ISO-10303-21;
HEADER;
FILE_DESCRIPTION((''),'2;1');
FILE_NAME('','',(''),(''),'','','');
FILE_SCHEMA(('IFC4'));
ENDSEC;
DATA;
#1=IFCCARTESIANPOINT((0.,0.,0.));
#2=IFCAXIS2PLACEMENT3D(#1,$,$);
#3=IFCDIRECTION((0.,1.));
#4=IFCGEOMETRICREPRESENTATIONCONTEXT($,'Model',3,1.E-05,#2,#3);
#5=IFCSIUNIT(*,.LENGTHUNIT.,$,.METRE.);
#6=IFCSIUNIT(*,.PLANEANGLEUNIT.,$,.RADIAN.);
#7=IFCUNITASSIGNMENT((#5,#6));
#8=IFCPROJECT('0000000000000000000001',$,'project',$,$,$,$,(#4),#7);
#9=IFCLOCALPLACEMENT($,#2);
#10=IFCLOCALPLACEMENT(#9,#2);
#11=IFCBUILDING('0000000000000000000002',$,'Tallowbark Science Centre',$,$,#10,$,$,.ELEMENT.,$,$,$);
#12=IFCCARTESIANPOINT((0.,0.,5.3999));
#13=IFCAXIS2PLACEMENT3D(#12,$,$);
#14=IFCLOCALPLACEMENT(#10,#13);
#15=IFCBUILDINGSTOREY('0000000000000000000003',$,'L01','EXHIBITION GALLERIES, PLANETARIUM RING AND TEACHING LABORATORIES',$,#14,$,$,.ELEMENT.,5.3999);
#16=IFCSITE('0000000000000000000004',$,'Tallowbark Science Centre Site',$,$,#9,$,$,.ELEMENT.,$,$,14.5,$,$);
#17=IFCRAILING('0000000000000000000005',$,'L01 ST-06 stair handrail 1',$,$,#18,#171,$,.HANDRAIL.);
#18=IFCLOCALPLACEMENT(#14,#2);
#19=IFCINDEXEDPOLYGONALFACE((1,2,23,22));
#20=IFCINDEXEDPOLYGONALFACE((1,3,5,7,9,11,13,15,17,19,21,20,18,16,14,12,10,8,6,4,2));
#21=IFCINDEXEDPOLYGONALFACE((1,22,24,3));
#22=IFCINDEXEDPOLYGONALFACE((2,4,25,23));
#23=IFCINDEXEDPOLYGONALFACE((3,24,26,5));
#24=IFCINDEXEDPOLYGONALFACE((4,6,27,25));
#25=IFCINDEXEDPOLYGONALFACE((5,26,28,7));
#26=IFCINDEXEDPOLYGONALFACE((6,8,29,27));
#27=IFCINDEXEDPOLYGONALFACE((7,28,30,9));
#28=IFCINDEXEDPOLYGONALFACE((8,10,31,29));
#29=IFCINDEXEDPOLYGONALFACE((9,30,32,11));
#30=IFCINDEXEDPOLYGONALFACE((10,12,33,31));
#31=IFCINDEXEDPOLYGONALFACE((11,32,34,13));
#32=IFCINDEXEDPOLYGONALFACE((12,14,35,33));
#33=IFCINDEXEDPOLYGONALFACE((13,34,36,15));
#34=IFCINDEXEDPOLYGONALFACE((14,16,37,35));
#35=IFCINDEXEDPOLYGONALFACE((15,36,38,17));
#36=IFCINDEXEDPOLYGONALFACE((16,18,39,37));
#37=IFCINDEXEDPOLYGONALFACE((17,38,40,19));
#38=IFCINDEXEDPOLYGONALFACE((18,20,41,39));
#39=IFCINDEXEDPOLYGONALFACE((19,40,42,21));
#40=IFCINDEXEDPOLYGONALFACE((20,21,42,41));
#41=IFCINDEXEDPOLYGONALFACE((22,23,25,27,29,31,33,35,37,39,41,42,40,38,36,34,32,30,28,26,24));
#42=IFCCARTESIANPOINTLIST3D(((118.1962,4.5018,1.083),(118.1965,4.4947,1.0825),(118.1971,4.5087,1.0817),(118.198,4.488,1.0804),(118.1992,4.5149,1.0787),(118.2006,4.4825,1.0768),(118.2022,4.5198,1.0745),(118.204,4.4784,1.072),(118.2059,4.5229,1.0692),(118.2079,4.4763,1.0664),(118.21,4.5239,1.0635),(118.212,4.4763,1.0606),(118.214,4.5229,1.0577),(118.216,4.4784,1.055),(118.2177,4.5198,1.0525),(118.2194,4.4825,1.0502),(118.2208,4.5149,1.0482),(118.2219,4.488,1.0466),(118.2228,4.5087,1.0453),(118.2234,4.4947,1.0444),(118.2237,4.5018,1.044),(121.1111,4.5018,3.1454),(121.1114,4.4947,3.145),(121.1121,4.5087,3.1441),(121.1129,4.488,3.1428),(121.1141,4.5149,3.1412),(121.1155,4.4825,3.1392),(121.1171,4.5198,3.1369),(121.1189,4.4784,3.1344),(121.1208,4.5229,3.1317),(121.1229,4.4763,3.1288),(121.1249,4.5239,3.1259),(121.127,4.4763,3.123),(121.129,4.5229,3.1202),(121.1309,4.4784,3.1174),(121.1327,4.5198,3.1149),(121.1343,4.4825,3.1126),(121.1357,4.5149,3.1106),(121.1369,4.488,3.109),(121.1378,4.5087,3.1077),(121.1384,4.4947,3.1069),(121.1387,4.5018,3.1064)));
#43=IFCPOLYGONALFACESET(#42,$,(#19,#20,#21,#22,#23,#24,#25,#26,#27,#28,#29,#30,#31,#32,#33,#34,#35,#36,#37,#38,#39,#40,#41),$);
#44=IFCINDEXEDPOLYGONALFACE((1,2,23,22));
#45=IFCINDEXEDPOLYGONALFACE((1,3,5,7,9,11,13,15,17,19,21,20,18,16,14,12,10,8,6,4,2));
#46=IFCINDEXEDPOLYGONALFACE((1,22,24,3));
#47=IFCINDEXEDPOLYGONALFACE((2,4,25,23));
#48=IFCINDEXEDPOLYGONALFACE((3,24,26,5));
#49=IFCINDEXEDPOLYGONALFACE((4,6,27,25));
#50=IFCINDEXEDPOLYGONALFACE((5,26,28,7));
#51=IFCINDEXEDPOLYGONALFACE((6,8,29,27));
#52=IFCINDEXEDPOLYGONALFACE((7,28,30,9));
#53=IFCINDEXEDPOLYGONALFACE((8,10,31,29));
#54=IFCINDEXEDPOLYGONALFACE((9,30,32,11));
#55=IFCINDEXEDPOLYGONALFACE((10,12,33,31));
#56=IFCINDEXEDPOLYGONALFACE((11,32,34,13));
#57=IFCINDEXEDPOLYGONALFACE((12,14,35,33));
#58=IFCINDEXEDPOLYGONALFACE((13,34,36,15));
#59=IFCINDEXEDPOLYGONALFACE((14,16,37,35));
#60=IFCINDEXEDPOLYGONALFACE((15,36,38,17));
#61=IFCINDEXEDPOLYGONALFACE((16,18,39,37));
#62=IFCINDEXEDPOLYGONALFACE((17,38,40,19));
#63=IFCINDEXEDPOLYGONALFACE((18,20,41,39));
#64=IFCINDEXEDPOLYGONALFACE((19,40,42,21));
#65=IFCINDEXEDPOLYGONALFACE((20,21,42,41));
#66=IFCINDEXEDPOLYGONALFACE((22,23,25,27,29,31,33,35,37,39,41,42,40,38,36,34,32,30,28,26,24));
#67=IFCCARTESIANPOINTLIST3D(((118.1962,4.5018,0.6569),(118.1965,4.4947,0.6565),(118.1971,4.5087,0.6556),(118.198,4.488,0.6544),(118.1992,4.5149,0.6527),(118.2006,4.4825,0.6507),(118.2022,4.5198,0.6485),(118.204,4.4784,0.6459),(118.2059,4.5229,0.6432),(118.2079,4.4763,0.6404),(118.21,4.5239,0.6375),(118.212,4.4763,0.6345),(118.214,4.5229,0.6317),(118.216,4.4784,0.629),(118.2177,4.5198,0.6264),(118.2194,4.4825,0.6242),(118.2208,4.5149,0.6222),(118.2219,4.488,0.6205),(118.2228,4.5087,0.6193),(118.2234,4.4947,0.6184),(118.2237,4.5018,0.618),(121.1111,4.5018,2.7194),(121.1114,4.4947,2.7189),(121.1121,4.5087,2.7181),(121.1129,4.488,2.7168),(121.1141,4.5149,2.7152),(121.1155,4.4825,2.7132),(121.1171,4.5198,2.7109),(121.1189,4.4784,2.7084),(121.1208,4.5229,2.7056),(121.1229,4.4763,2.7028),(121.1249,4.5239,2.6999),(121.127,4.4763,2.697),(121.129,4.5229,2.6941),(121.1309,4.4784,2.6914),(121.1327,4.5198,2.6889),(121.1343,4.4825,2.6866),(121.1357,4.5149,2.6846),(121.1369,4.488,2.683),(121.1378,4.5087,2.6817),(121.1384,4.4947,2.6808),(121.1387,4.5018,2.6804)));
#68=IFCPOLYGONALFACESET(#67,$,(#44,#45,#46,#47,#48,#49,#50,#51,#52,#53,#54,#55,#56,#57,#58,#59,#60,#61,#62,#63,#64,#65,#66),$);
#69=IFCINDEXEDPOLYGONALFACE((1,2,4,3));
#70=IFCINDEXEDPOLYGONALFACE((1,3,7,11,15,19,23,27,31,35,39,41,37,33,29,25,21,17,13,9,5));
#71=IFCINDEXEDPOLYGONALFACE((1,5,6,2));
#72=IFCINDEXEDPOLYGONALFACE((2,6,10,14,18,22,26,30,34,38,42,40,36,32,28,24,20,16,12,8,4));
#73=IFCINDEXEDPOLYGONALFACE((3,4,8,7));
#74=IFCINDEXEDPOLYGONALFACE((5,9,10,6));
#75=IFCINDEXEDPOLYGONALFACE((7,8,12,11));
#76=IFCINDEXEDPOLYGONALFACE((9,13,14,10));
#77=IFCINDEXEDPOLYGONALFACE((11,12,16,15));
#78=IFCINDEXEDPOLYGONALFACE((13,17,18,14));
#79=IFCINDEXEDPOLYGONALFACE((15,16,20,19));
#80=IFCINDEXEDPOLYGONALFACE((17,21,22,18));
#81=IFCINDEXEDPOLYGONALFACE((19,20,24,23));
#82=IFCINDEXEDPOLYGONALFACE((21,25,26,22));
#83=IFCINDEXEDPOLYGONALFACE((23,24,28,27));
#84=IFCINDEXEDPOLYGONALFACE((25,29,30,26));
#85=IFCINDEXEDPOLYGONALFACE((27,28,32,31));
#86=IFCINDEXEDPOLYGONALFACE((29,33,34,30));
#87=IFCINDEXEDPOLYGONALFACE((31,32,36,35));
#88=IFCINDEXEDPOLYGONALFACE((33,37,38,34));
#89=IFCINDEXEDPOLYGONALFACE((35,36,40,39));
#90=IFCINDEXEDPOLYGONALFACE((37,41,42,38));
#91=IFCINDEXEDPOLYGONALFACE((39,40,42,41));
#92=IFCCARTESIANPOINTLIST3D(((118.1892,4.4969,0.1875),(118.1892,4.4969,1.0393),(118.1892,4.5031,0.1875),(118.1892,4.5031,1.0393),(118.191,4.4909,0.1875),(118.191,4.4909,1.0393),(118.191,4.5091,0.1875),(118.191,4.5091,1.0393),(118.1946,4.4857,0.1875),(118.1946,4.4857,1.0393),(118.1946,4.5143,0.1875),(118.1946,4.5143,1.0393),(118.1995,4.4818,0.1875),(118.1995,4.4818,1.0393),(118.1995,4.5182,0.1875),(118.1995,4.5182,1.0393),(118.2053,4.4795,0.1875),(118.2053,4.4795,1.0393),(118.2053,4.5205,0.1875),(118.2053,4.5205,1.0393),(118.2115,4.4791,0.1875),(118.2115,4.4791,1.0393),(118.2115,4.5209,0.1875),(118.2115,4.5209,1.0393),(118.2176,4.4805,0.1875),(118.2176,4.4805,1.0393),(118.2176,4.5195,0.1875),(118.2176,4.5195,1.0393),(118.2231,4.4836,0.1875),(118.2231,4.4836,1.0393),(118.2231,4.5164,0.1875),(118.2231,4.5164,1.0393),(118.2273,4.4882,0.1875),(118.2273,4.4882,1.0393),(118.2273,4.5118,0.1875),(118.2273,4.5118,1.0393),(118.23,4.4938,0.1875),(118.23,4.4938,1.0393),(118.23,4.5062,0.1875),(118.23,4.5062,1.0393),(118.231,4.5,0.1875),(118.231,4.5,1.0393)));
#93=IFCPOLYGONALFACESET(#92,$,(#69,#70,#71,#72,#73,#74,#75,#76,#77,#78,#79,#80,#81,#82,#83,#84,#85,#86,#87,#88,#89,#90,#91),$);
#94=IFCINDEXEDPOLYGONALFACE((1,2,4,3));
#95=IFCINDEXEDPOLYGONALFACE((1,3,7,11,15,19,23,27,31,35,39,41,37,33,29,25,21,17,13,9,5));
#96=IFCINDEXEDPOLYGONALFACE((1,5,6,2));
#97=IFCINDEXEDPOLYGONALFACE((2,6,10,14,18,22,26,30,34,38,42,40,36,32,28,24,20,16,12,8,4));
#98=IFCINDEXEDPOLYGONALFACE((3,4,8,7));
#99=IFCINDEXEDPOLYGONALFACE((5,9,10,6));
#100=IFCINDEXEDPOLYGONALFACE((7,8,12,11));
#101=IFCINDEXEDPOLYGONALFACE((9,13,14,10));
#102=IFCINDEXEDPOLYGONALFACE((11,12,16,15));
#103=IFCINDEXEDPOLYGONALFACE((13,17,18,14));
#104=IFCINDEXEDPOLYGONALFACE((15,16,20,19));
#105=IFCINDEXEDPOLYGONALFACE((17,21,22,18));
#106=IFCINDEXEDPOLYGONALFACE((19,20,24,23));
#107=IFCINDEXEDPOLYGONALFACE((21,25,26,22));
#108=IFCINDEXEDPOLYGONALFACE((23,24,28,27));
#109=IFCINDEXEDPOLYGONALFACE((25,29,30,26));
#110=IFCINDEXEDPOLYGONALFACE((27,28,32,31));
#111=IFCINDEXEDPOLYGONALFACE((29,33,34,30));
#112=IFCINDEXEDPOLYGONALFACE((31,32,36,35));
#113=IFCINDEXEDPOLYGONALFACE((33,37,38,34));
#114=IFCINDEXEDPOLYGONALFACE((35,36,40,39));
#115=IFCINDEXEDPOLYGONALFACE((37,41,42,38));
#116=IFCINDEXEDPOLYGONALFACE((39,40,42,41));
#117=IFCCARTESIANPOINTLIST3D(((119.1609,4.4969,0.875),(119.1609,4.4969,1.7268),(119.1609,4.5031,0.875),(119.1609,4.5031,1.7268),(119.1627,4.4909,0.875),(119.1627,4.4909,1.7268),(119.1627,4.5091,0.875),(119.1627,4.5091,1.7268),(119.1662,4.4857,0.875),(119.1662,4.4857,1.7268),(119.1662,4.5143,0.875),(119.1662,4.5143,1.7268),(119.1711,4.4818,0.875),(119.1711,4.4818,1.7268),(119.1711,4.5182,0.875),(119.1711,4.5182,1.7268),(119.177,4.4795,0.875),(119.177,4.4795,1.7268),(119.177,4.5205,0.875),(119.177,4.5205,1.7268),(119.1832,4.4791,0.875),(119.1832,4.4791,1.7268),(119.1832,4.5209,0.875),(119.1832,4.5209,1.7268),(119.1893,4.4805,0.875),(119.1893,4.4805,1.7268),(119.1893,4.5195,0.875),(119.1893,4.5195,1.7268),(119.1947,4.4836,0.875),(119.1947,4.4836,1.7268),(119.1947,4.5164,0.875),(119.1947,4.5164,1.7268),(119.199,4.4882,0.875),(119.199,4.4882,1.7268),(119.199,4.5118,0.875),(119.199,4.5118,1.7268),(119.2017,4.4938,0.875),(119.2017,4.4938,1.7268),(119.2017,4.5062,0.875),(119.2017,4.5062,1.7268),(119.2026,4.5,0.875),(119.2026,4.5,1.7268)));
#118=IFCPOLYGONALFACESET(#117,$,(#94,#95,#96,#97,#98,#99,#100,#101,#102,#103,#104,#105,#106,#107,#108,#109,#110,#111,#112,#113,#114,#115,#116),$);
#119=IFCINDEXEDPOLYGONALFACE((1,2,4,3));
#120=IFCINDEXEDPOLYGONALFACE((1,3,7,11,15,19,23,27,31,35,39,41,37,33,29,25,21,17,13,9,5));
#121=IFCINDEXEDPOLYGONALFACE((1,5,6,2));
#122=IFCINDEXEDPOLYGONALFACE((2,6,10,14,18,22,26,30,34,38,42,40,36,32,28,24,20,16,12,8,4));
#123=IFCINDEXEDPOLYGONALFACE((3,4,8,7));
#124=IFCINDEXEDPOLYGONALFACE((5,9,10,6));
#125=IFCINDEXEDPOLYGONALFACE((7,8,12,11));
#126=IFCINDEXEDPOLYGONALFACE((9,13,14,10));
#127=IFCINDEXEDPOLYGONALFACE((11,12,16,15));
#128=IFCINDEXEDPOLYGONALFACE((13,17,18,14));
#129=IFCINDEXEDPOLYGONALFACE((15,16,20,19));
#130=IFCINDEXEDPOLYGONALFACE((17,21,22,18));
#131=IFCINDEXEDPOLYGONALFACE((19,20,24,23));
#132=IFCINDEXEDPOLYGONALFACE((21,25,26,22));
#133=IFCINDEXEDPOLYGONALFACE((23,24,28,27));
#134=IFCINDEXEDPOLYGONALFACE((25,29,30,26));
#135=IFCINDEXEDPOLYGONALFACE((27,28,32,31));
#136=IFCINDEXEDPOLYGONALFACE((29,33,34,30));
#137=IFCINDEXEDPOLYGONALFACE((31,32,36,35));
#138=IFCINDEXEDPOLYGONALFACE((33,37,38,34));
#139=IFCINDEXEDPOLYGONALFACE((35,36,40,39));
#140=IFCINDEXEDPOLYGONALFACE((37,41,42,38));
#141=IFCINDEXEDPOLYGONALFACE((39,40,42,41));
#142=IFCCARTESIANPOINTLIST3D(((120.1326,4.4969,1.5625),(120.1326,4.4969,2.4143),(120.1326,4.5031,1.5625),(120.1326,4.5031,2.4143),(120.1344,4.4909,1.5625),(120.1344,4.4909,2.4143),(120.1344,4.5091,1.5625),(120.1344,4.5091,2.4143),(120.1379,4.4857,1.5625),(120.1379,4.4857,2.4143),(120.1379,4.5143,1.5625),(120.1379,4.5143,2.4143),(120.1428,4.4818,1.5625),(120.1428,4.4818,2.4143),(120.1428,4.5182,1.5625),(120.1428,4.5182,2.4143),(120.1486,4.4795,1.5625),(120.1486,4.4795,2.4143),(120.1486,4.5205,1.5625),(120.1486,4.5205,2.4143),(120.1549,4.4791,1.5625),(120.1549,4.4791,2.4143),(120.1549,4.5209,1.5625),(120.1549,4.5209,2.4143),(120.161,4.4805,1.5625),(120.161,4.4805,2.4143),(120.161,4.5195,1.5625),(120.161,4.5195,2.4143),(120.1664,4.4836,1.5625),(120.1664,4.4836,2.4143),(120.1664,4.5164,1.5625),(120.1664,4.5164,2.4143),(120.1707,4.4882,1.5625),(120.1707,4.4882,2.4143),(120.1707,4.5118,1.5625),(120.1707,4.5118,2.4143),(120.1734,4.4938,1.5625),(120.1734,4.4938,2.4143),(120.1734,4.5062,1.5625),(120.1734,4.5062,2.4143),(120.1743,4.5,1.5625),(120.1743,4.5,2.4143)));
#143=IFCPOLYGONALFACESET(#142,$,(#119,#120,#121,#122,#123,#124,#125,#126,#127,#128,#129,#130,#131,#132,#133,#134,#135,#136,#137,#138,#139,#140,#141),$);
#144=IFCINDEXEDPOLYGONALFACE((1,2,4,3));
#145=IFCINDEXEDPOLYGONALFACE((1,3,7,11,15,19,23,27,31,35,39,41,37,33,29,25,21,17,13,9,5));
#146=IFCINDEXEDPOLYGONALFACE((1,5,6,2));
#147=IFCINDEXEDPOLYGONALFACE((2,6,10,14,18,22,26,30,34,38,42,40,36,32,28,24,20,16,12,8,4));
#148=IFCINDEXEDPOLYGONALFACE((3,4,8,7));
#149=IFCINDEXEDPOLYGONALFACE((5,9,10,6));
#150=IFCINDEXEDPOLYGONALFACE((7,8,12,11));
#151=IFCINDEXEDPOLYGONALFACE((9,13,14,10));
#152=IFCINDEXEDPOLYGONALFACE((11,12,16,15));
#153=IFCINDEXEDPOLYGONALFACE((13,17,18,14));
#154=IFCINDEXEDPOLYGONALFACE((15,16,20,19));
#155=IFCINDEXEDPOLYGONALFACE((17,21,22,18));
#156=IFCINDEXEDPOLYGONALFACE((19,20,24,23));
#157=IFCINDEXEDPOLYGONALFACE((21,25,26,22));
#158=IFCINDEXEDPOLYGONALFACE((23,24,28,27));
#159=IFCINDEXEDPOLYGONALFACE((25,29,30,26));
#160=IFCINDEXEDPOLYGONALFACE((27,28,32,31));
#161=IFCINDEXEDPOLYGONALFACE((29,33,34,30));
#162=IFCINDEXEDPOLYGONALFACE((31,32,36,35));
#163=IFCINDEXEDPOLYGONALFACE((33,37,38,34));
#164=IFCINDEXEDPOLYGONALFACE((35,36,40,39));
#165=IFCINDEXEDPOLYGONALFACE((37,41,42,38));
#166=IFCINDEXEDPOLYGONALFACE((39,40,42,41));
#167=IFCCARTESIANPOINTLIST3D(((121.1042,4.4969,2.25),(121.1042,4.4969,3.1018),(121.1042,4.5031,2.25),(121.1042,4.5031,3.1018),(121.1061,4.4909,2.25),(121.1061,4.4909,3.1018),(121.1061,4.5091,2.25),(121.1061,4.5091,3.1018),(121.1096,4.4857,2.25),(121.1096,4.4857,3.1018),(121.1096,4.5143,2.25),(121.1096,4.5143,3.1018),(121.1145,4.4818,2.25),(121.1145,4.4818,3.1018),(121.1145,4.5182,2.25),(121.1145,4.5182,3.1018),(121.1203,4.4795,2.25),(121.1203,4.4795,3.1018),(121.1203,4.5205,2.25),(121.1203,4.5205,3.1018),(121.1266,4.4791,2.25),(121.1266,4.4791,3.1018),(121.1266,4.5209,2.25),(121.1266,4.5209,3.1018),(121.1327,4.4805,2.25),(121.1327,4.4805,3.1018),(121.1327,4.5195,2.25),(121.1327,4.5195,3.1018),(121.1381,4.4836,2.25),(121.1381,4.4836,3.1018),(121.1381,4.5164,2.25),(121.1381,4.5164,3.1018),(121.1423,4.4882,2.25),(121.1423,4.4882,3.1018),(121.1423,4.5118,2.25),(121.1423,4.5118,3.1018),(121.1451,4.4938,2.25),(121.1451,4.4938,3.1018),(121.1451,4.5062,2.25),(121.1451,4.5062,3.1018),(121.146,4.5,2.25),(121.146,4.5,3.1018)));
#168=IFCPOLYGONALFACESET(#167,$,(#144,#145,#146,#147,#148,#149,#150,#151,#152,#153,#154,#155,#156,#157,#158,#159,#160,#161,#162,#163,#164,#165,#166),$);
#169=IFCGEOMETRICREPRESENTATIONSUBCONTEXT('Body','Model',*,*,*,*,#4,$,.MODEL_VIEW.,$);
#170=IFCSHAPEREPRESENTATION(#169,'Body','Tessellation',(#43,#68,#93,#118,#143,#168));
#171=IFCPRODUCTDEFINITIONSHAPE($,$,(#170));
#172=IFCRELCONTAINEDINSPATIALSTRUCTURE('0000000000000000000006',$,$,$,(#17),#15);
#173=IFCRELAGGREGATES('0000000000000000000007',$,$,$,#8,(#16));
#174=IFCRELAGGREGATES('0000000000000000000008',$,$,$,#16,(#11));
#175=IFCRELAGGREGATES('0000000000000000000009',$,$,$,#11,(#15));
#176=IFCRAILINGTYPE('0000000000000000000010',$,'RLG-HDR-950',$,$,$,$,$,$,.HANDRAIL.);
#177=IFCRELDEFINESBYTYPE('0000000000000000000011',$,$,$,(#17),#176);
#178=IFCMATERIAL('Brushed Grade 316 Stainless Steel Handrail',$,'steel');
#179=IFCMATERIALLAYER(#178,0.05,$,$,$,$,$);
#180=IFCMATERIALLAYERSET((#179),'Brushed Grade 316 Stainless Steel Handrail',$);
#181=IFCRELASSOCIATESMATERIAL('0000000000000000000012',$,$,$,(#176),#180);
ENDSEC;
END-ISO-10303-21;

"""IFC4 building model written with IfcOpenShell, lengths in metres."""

from ifc_helpers import new_model, si_unit, direction, frame, origin, origin_2d, place, context, subcontext, project, spatial, circle, extrude, material, layer, layer_set, type_object, element, save


model = new_model("IFC4")

# Units and contexts
model_context = context("Model", 3, precision=1e-05, world=origin(), true_north=direction((0.0, 1.0)))
body_context = subcontext(model_context, "Body", "Model", "MODEL_VIEW")
ifc_project = project(units=[si_unit("LENGTHUNIT", "METRE"), si_unit("PLANEANGLEUNIT", "RADIAN")], contexts=[model_context])

# Site, building, storey
site_placement = place(None, origin())
site = spatial("IfcSite", under=ifc_project, at=site_placement, Name="Tallowbark Science Centre Site", CompositionType="ELEMENT", RefElevation=14.5)
building_placement = place(site_placement, origin())
building = spatial("IfcBuilding", under=site, at=building_placement, Name="Tallowbark Science Centre", CompositionType="ELEMENT")
storey_placement = place(building_placement, frame((0.0, 0.0, 5.3999)))
storey = spatial("IfcBuildingStorey", under=building, at=storey_placement, Name="L01", Description="EXHIBITION GALLERIES, PLANETARIUM RING AND TEACHING LABORATORIES", CompositionType="ELEMENT", Elevation=5.3999)

# Railing
ifc_material_1 = material(Name="Brushed Grade 316 Stainless Steel Handrail", Category="steel")
ifc_layer_1 = layer(ifc_material_1, 0.05)
ifc_layer_set_1 = layer_set([ifc_layer_1], Name="Brushed Grade 316 Stainless Steel Handrail")
railing_type_1 = type_object("IfcRailingType", Name="RLG-HDR-950", PredefinedType="HANDRAIL", material=ifc_layer_set_1)
railing_1_placement = place(storey_placement, frame((118.21, 4.5, 0.1875)))
element("IfcRailing", 1, at=railing_1_placement, inside=storey, type_object=railing_type_1, Name="L01 ST-06 stair handrail 1", PredefinedType="HANDRAIL", context=body_context, shape_type="SweptSolid", body=[
    extrude(circle(Radius=0.0239, at=origin_2d()), frame((0.0, 0.0, 0.876), z_axis=(0.816331, 0.0, 0.577585), x_axis=(0.0, 1.0, 0.0)), (0.0, 0.0, 1.0), 3.5708),
    extrude(circle(Radius=0.0239, at=origin_2d()), frame((0.0, 0.0, 0.45), z_axis=(0.816331, 0.0, 0.577585), x_axis=(0.0, 1.0, 0.0)), (0.0, 0.0, 1.0), 3.5708),
    extrude(circle(Radius=0.021, at=origin_2d()), origin(), (0.0, 0.0, 1.0), 0.8518),
    extrude(circle(Radius=0.021, at=origin_2d()), frame((0.9717, 0.0, 0.6875)), (0.0, 0.0, 1.0), 0.8518),
    extrude(circle(Radius=0.021, at=origin_2d()), frame((1.9434, 0.0, 1.375)), (0.0, 0.0, 1.0), 0.8518),
    extrude(circle(Radius=0.021, at=origin_2d()), frame((2.915, 0.0, 2.0625)), (0.0, 0.0, 1.0), 0.8518),
])

save(model, "model.ifc")
